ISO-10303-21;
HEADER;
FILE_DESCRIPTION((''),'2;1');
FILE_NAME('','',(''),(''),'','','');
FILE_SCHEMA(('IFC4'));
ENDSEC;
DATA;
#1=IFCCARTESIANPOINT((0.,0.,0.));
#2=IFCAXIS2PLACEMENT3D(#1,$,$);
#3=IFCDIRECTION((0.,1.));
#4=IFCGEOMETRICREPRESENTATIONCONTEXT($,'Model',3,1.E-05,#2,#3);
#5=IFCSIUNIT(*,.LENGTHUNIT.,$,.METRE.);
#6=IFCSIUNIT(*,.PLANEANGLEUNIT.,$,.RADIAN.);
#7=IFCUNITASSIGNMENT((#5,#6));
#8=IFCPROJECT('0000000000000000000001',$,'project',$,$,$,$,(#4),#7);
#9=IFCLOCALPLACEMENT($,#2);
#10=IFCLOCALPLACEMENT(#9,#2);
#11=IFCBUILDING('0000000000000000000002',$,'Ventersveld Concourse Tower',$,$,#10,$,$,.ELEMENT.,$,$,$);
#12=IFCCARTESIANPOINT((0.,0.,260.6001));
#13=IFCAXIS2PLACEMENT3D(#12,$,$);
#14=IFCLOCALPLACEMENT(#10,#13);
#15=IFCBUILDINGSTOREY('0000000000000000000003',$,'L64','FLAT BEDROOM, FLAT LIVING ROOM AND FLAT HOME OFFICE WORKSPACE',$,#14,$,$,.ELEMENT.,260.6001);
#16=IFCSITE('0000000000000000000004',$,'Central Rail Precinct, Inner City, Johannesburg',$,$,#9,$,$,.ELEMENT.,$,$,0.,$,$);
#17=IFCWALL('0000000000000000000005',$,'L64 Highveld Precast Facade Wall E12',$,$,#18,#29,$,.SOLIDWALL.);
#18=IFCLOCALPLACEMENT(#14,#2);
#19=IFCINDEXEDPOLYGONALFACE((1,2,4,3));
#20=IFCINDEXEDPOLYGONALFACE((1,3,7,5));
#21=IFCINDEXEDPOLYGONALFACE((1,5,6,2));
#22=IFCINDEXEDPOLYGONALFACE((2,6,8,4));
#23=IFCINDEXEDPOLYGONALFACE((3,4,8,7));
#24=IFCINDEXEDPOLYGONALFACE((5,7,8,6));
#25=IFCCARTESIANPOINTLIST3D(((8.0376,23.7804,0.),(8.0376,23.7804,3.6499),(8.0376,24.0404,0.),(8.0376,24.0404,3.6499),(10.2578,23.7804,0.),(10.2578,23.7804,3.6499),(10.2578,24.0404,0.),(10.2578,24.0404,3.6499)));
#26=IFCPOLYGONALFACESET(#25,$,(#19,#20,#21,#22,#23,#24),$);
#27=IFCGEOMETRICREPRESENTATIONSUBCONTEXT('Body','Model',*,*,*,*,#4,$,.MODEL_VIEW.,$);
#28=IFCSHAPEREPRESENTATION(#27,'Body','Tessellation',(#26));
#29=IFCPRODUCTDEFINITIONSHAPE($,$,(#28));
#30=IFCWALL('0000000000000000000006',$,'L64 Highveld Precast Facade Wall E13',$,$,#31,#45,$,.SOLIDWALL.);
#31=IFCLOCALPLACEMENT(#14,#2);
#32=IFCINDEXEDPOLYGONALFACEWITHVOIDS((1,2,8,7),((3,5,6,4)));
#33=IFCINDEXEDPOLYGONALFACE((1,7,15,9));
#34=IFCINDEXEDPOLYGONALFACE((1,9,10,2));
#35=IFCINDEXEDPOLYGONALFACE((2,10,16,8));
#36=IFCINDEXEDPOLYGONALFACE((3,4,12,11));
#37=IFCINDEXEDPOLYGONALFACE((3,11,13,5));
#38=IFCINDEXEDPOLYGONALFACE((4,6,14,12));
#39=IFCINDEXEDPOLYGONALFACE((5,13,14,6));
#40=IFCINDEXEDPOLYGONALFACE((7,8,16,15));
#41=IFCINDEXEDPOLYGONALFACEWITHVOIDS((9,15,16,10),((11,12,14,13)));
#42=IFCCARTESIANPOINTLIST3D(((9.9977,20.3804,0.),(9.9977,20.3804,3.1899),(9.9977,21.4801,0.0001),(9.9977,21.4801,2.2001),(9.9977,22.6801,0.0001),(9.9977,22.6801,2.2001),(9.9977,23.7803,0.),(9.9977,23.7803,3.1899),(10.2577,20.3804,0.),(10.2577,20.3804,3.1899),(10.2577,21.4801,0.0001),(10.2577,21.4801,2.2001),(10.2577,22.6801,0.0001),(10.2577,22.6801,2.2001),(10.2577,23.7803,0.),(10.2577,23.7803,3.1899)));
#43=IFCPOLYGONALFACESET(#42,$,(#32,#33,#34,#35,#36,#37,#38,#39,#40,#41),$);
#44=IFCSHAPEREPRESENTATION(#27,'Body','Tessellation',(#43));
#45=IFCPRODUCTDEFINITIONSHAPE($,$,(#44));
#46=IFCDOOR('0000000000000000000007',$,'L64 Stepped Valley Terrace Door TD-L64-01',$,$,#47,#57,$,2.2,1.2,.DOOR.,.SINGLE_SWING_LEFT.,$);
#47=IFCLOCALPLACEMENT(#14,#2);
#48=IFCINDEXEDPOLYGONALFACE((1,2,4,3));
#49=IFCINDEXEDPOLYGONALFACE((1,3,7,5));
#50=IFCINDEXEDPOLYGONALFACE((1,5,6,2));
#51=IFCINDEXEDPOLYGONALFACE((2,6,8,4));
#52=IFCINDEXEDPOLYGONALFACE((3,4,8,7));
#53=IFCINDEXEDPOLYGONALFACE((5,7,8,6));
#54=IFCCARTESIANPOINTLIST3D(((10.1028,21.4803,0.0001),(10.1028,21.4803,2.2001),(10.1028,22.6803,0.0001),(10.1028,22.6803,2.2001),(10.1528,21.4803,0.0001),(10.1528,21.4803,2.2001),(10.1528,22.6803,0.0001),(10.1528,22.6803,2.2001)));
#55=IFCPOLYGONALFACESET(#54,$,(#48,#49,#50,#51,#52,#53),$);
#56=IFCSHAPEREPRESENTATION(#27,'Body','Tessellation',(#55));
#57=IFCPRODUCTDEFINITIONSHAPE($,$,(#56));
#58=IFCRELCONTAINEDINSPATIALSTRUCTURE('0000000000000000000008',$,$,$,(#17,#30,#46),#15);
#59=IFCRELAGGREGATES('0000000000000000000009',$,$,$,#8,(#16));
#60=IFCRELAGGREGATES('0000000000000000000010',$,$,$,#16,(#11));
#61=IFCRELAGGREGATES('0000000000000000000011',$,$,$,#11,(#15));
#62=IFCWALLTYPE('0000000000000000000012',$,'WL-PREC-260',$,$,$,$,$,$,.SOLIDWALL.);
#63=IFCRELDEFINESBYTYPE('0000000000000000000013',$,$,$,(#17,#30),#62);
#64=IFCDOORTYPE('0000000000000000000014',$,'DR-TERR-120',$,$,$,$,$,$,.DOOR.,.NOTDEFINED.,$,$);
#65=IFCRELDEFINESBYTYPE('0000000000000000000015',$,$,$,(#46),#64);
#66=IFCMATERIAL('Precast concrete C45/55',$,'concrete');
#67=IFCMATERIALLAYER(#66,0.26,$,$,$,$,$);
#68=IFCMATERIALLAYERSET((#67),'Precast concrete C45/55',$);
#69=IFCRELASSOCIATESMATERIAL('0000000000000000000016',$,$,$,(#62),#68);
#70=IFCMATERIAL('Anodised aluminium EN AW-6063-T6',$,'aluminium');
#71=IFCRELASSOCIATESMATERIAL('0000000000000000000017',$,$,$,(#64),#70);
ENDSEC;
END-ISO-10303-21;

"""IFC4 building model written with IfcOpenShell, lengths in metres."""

from ifc_helpers import new_model, si_unit, direction, frame, frame_2d, origin, place, context, subcontext, project, spatial, rectangle, extrude, material, layer, layer_set, type_object, element, fill, save


model = new_model("IFC4")

# Units and contexts
model_context = context("Model", 3, precision=1e-05, world=origin(), true_north=direction((0.0, 1.0)))
body_context = subcontext(model_context, "Body", "Model", "MODEL_VIEW")
ifc_project = project(units=[si_unit("LENGTHUNIT", "METRE"), si_unit("PLANEANGLEUNIT", "RADIAN")], contexts=[model_context])

# Site, building, storey
site_placement = place(None, origin())
site = spatial("IfcSite", under=ifc_project, at=site_placement, Name="Central Rail Precinct, Inner City, Johannesburg", CompositionType="ELEMENT", RefElevation=0.0)
building_placement = place(site_placement, origin())
building = spatial("IfcBuilding", under=site, at=building_placement, Name="Ventersveld Concourse Tower", CompositionType="ELEMENT")
storey_placement = place(building_placement, frame((0.0, 0.0, 260.6001)))
storey = spatial("IfcBuildingStorey", under=building, at=storey_placement, Name="L64", Description="FLAT BEDROOM, FLAT LIVING ROOM AND FLAT HOME OFFICE WORKSPACE", CompositionType="ELEMENT", Elevation=260.6001)

# Shared definitions
ifc_material_1 = material(Name="Precast concrete C45/55", Category="concrete")

# Shared definitions
ifc_layer_1 = layer(ifc_material_1, 0.26)
ifc_layer_set_1 = layer_set([ifc_layer_1], Name="Precast concrete C45/55")
wall_type_1 = type_object("IfcWallType", Name="WL-PREC-260", PredefinedType="SOLIDWALL", material=ifc_layer_set_1)

# Wall
wall_1_placement = place(storey_placement, frame((8.0376, 23.9104, 0.0), z_axis=(0.0, 0.0, 1.0), x_axis=(1.0, 0.0, 0.0)))
element("IfcWall", 1, at=wall_1_placement, inside=storey, type_object=wall_type_1, Name="L64 Highveld Precast Facade Wall E12", PredefinedType="SOLIDWALL", context=body_context, shape_type="SweptSolid", body=[
    extrude(rectangle(XDim=2.2202, YDim=0.26, at=frame_2d((1.1101, 0.0))), origin(), (0.0, 0.0, 1.0), 3.6499),
])

# Wall, opening, door
wall_2_placement = place(storey_placement, frame((10.1277, 23.7803, 0.0), z_axis=(0.0, 0.0, 1.0), x_axis=(0.0, -1.0, 0.0)))
wall_2 = element("IfcWall", 2, at=wall_2_placement, inside=storey, type_object=wall_type_1, Name="L64 Highveld Precast Facade Wall E13", PredefinedType="SOLIDWALL", context=body_context, shape_type="SweptSolid", body=[
    extrude(rectangle(XDim=3.3999, YDim=0.26, at=frame_2d((1.7, 0.0))), origin(), (0.0, 0.0, 1.0), 3.1899),
])
opening_1_placement = place(wall_2_placement, frame((1.1001, 0.0, 0.0)))
opening_1 = element("IfcOpeningElement", 3, at=opening_1_placement, cuts=wall_2, PredefinedType="OPENING", context=body_context, shape_type="SweptSolid", body=[
    extrude(rectangle(XDim=1.2, YDim=2.2, at=frame_2d((0.6001, 1.1001))), frame((0.0, 0.1401, 0.0), z_axis=(0.0, -1.0, 0.0), x_axis=(1.0, 0.0, 0.0)), (0.0, 0.0, 1.0), 0.28),
])
ifc_material_2 = material(Name="Anodised aluminium EN AW-6063-T6", Category="aluminium")
door_type_1 = type_object("IfcDoorType", Name="DR-TERR-120", OperationType="NOTDEFINED", PredefinedType="DOOR", material=ifc_material_2)
door_1_placement = place(opening_1_placement, frame((1.2, 0.0, 0.0), z_axis=(0.0, 0.0, 1.0), x_axis=(-1.0, 0.0, 0.0)))
door_1 = element("IfcDoor", 4, at=door_1_placement, inside=storey, type_object=door_type_1, Name="L64 Stepped Valley Terrace Door TD-L64-01", OperationType="SINGLE_SWING_LEFT", OverallHeight=2.2, OverallWidth=1.2, PredefinedType="DOOR", context=body_context, shape_type="SweptSolid", body=[
    extrude(rectangle(XDim=1.2, YDim=2.2, at=frame_2d((0.6001, 1.1001))), frame((0.0, 0.0249, 0.0), z_axis=(0.0, -1.0, 0.0), x_axis=(1.0, 0.0, 0.0)), (0.0, 0.0, 1.0), 0.05),
])
fill(opening_1, door_1)

save(model, "model.ifc")
